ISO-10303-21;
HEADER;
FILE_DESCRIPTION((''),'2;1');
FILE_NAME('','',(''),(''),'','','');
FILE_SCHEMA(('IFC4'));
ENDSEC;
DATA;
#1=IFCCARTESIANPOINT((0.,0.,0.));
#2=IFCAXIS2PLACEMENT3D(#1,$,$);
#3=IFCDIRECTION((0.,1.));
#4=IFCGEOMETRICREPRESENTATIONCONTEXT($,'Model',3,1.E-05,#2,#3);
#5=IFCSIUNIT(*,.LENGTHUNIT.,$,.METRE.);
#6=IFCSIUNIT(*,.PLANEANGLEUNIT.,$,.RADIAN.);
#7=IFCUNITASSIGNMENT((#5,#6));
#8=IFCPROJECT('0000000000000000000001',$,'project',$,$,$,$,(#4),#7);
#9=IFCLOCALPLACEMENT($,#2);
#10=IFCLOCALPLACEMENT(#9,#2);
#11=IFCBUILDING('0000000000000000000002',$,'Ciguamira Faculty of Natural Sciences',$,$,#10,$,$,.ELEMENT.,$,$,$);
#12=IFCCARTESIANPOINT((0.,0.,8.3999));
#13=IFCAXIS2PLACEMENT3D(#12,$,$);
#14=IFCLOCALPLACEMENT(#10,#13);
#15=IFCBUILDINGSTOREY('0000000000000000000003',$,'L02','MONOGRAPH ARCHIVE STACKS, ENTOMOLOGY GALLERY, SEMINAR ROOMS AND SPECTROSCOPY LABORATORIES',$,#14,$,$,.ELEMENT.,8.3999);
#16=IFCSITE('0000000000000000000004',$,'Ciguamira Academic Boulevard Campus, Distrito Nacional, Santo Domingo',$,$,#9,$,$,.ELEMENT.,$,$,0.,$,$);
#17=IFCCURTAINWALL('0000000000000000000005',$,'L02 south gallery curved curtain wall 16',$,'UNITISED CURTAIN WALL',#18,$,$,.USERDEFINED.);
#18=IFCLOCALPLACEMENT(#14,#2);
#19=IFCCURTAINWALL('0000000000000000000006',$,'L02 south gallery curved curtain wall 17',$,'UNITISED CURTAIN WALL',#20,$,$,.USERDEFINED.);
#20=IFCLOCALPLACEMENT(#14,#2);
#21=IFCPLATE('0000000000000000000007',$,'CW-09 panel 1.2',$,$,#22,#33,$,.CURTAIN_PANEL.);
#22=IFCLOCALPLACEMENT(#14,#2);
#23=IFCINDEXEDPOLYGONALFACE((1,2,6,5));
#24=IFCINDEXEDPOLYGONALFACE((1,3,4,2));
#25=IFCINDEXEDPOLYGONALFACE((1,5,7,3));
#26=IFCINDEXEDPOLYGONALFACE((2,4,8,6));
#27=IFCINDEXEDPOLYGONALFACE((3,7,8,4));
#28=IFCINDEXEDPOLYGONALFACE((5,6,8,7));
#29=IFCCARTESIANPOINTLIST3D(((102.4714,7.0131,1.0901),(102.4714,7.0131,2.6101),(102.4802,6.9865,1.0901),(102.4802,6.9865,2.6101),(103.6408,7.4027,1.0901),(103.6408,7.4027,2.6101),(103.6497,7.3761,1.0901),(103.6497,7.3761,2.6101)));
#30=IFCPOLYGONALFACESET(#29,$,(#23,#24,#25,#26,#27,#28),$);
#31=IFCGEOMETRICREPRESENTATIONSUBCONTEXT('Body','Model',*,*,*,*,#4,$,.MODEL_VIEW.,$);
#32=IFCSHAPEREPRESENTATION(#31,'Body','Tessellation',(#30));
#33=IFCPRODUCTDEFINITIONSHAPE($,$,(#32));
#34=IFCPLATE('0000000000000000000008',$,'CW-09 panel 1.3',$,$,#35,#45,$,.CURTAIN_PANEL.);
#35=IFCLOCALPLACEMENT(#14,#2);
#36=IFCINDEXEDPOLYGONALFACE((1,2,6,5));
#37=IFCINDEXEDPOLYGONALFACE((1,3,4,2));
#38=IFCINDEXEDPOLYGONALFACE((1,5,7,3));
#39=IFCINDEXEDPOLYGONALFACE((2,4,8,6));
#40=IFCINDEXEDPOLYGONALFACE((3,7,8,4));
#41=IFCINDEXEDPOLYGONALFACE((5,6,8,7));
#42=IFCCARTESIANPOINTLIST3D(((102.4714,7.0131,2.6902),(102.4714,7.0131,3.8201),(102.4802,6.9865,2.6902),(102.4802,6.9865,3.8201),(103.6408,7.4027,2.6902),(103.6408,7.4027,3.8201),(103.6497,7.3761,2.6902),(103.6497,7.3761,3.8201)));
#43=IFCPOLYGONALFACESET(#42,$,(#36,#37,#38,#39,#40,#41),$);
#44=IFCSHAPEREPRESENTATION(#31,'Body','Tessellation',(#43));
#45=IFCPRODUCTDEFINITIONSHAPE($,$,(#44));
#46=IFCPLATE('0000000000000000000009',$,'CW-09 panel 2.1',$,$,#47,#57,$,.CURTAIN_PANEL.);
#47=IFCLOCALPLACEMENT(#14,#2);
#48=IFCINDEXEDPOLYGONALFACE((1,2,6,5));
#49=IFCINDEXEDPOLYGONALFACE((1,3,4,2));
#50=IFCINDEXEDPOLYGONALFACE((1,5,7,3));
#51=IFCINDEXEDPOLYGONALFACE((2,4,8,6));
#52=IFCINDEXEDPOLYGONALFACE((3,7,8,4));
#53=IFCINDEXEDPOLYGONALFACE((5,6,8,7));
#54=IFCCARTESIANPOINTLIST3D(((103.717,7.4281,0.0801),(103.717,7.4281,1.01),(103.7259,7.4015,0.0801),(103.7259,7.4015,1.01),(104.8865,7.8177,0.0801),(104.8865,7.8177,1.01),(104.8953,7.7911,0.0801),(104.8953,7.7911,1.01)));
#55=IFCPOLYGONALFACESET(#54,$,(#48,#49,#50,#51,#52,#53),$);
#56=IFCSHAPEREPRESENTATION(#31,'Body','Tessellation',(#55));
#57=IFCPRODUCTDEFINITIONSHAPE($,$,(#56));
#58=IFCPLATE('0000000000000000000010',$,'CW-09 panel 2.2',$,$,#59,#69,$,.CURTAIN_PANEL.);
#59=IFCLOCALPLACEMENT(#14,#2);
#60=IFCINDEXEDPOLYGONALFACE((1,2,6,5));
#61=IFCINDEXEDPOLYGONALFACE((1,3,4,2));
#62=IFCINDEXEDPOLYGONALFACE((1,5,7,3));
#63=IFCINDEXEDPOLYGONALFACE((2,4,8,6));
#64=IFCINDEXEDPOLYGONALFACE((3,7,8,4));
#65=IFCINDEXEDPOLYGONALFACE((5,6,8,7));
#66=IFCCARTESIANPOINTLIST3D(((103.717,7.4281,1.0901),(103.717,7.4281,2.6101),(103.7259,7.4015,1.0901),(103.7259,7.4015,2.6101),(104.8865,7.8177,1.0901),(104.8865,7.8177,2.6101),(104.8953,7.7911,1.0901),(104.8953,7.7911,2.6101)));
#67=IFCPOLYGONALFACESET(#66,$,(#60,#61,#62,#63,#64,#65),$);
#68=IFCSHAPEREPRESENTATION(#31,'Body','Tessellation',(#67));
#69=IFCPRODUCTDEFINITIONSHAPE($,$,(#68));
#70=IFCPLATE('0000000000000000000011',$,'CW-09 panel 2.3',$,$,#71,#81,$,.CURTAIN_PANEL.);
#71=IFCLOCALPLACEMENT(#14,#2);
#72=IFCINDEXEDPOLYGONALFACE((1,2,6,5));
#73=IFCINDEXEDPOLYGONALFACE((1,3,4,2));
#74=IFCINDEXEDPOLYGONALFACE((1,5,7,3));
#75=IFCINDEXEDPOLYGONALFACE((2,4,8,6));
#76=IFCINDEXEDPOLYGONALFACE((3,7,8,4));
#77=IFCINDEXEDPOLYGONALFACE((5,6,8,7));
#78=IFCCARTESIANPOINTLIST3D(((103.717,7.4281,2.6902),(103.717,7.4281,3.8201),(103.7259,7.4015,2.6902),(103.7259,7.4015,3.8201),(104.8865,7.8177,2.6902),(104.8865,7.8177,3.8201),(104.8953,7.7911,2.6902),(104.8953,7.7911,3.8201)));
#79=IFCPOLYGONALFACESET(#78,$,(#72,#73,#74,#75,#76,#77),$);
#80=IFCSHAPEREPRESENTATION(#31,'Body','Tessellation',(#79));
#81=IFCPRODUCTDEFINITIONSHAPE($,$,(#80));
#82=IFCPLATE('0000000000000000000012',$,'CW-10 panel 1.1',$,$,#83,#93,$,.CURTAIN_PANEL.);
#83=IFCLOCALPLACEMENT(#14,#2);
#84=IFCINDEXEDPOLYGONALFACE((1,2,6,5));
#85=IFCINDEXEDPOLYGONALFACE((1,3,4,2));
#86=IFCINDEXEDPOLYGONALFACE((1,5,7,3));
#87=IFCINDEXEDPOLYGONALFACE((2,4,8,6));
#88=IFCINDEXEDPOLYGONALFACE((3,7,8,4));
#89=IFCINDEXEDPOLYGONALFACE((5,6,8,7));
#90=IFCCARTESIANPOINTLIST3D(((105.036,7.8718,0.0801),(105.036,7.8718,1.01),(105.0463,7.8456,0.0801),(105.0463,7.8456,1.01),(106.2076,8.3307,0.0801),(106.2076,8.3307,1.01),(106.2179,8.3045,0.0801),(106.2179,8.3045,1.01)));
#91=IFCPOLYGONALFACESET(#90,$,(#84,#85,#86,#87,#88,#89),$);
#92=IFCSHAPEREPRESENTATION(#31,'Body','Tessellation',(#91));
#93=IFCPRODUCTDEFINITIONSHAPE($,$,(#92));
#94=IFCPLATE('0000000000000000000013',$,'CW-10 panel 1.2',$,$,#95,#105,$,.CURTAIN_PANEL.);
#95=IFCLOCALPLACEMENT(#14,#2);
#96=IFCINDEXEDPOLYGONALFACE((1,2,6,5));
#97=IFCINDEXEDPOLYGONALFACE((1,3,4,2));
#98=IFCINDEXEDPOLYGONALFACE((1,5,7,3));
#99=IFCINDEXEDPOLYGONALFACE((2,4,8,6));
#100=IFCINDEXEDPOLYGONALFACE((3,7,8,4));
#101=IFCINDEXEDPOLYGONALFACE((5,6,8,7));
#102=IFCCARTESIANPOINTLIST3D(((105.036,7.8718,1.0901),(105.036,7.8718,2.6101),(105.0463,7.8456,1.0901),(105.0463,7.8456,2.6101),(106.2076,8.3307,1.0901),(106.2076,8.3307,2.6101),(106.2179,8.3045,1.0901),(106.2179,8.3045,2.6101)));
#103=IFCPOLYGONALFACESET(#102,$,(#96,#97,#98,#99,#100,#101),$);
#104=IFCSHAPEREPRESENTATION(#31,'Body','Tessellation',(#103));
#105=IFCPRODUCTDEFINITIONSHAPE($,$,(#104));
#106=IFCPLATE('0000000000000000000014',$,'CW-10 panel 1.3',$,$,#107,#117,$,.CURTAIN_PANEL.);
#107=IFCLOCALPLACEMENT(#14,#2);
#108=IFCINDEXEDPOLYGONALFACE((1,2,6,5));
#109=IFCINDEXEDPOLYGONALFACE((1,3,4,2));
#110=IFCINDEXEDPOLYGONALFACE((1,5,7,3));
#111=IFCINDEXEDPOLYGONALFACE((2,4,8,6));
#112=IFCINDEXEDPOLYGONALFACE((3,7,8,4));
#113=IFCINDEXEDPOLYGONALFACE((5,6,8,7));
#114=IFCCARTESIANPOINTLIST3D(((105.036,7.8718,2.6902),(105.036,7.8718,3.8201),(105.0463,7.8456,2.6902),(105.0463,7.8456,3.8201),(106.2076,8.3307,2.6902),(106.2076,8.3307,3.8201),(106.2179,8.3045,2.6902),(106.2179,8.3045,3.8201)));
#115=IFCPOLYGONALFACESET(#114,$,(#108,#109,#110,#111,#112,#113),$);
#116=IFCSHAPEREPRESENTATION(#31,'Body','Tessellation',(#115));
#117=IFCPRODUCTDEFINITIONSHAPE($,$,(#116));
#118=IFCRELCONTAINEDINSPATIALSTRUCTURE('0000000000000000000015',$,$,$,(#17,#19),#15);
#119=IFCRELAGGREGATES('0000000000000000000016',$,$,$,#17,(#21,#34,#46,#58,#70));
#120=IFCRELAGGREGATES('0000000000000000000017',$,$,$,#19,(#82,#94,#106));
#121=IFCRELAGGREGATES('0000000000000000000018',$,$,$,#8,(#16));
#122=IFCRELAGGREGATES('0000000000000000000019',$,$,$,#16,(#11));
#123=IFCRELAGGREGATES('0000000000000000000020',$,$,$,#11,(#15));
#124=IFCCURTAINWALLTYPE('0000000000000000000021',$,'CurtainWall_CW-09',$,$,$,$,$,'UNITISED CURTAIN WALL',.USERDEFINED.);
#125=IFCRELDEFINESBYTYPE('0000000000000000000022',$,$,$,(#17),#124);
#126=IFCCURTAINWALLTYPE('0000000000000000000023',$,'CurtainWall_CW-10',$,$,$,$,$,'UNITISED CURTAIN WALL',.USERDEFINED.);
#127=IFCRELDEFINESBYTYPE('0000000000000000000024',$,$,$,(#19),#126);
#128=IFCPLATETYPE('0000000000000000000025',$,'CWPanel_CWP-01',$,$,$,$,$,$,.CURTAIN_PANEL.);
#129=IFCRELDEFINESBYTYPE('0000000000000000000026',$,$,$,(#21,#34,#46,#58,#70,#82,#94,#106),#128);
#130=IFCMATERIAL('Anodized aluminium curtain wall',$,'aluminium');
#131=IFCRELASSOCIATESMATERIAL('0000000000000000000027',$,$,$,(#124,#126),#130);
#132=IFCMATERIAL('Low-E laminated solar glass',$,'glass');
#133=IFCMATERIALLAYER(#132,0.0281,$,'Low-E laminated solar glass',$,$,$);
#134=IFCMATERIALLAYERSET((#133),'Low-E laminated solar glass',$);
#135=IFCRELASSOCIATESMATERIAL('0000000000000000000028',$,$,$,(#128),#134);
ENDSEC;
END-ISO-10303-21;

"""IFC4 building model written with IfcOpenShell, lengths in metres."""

from ifc_helpers import new_model, si_unit, direction, frame, origin, origin_2d, place, context, subcontext, project, spatial, rectangle, extrude, material, layer, layer_set, type_object, element, aggregate, save


model = new_model("IFC4")

# Units and contexts
model_context = context("Model", 3, precision=1e-05, world=origin(), true_north=direction((0.0, 1.0)))
body_context = subcontext(model_context, "Body", "Model", "MODEL_VIEW")
ifc_project = project(units=[si_unit("LENGTHUNIT", "METRE"), si_unit("PLANEANGLEUNIT", "RADIAN")], contexts=[model_context])

# Site, building, storey
site_placement = place(None, origin())
site = spatial("IfcSite", under=ifc_project, at=site_placement, Name="Ciguamira Academic Boulevard Campus, Distrito Nacional, Santo Domingo", CompositionType="ELEMENT", RefElevation=0.0)
building_placement = place(site_placement, origin())
building = spatial("IfcBuilding", under=site, at=building_placement, Name="Ciguamira Faculty of Natural Sciences", CompositionType="ELEMENT")
storey_placement = place(building_placement, frame((0.0, 0.0, 8.3999)))
storey = spatial("IfcBuildingStorey", under=building, at=storey_placement, Name="L02", Description="MONOGRAPH ARCHIVE STACKS, ENTOMOLOGY GALLERY, SEMINAR ROOMS AND SPECTROSCOPY LABORATORIES", CompositionType="ELEMENT", Elevation=8.3999)

# Curtain walls
ifc_material_1 = material(Name="Anodized aluminium curtain wall", Category="aluminium")
curtain_wall_type_1 = type_object("IfcCurtainWallType", Name="CurtainWall_CW-09", ElementType="UNITISED CURTAIN WALL", PredefinedType="USERDEFINED", material=ifc_material_1)
curtain_wall_1_placement = place(storey_placement, origin())
curtain_wall_1 = element("IfcCurtainWall", 1, at=curtain_wall_1_placement, inside=storey, type_object=curtain_wall_type_1, Name="L02 south gallery curved curtain wall 16", ObjectType="UNITISED CURTAIN WALL", PredefinedType="USERDEFINED")
curtain_wall_type_2 = type_object("IfcCurtainWallType", Name="CurtainWall_CW-10", ElementType="UNITISED CURTAIN WALL", PredefinedType="USERDEFINED", material=ifc_material_1)
curtain_wall_2_placement = place(storey_placement, origin())
curtain_wall_2 = element("IfcCurtainWall", 2, at=curtain_wall_2_placement, inside=storey, type_object=curtain_wall_type_2, Name="L02 south gallery curved curtain wall 17", ObjectType="UNITISED CURTAIN WALL", PredefinedType="USERDEFINED")

# Plates
ifc_material_2 = material(Name="Low-E laminated solar glass", Category="glass")
ifc_layer = layer(ifc_material_2, 0.0281, Name="Low-E laminated solar glass")
ifc_layer_set = layer_set([ifc_layer], Name="Low-E laminated solar glass")
plate_type = type_object("IfcPlateType", Name="CWPanel_CWP-01", PredefinedType="CURTAIN_PANEL", material=ifc_layer_set)
plate_1_placement = place(storey_placement, frame((103.0605, 7.1946, 1.0901), z_axis=(0.0, 0.0, 1.0), x_axis=(0.948735, 0.316073, 0.0)))
plate_1 = element("IfcPlate", 3, at=plate_1_placement, type_object=plate_type, Name="CW-09 panel 1.2", PredefinedType="CURTAIN_PANEL", context=body_context, shape_type="SweptSolid", body=[
    extrude(rectangle(XDim=1.2327, YDim=0.0281, at=origin_2d()), origin(), (0.0, 0.0, 1.0), 1.52),
])
plate_2_placement = place(storey_placement, frame((103.0605, 7.1946, 2.6902), z_axis=(0.0, 0.0, 1.0), x_axis=(0.948735, 0.316073, 0.0)))
plate_2 = element("IfcPlate", 4, at=plate_2_placement, type_object=plate_type, Name="CW-09 panel 1.3", PredefinedType="CURTAIN_PANEL", context=body_context, shape_type="SweptSolid", body=[
    extrude(rectangle(XDim=1.2327, YDim=0.0281, at=origin_2d()), origin(), (0.0, 0.0, 1.0), 1.1299),
])
plate_3_placement = place(storey_placement, frame((104.3062, 7.6096, 0.0801), z_axis=(0.0, 0.0, 1.0), x_axis=(0.948735, 0.316073, 0.0)))
plate_3 = element("IfcPlate", 5, at=plate_3_placement, type_object=plate_type, Name="CW-09 panel 2.1", PredefinedType="CURTAIN_PANEL", context=body_context, shape_type="SweptSolid", body=[
    extrude(rectangle(XDim=1.2327, YDim=0.0281, at=origin_2d()), origin(), (0.0, 0.0, 1.0), 0.9299),
])
plate_4_placement = place(storey_placement, frame((104.3062, 7.6096, 1.0901), z_axis=(0.0, 0.0, 1.0), x_axis=(0.948735, 0.316073, 0.0)))
plate_4 = element("IfcPlate", 6, at=plate_4_placement, type_object=plate_type, Name="CW-09 panel 2.2", PredefinedType="CURTAIN_PANEL", context=body_context, shape_type="SweptSolid", body=[
    extrude(rectangle(XDim=1.2327, YDim=0.0281, at=origin_2d()), origin(), (0.0, 0.0, 1.0), 1.52),
])
plate_5_placement = place(storey_placement, frame((104.3062, 7.6096, 2.6902), z_axis=(0.0, 0.0, 1.0), x_axis=(0.948735, 0.316073, 0.0)))
plate_5 = element("IfcPlate", 7, at=plate_5_placement, type_object=plate_type, Name="CW-09 panel 2.3", PredefinedType="CURTAIN_PANEL", context=body_context, shape_type="SweptSolid", body=[
    extrude(rectangle(XDim=1.2327, YDim=0.0281, at=origin_2d()), origin(), (0.0, 0.0, 1.0), 1.1299),
])
aggregate(curtain_wall_1, [plate_1, plate_2, plate_3, plate_4, plate_5])
plate_6_placement = place(storey_placement, frame((105.627, 8.0881, 0.0801), z_axis=(0.0, 0.0, 1.0), x_axis=(0.931122, 0.364707, 0.0)))
plate_6 = element("IfcPlate", 8, at=plate_6_placement, type_object=plate_type, Name="CW-10 panel 1.1", PredefinedType="CURTAIN_PANEL", context=body_context, shape_type="SweptSolid", body=[
    extrude(rectangle(XDim=1.2583, YDim=0.0281, at=origin_2d()), origin(), (0.0, 0.0, 1.0), 0.9299),
])
plate_7_placement = place(storey_placement, frame((105.627, 8.0881, 1.0901), z_axis=(0.0, 0.0, 1.0), x_axis=(0.931122, 0.364707, 0.0)))
plate_7 = element("IfcPlate", 9, at=plate_7_placement, type_object=plate_type, Name="CW-10 panel 1.2", PredefinedType="CURTAIN_PANEL", context=body_context, shape_type="SweptSolid", body=[
    extrude(rectangle(XDim=1.2583, YDim=0.0281, at=origin_2d()), origin(), (0.0, 0.0, 1.0), 1.52),
])
plate_8_placement = place(storey_placement, frame((105.627, 8.0881, 2.6902), z_axis=(0.0, 0.0, 1.0), x_axis=(0.931122, 0.364707, 0.0)))
plate_8 = element("IfcPlate", 10, at=plate_8_placement, type_object=plate_type, Name="CW-10 panel 1.3", PredefinedType="CURTAIN_PANEL", context=body_context, shape_type="SweptSolid", body=[
    extrude(rectangle(XDim=1.2583, YDim=0.0281, at=origin_2d()), origin(), (0.0, 0.0, 1.0), 1.1299),
])
aggregate(curtain_wall_2, [plate_6, plate_7, plate_8])

save(model, "model.ifc")
